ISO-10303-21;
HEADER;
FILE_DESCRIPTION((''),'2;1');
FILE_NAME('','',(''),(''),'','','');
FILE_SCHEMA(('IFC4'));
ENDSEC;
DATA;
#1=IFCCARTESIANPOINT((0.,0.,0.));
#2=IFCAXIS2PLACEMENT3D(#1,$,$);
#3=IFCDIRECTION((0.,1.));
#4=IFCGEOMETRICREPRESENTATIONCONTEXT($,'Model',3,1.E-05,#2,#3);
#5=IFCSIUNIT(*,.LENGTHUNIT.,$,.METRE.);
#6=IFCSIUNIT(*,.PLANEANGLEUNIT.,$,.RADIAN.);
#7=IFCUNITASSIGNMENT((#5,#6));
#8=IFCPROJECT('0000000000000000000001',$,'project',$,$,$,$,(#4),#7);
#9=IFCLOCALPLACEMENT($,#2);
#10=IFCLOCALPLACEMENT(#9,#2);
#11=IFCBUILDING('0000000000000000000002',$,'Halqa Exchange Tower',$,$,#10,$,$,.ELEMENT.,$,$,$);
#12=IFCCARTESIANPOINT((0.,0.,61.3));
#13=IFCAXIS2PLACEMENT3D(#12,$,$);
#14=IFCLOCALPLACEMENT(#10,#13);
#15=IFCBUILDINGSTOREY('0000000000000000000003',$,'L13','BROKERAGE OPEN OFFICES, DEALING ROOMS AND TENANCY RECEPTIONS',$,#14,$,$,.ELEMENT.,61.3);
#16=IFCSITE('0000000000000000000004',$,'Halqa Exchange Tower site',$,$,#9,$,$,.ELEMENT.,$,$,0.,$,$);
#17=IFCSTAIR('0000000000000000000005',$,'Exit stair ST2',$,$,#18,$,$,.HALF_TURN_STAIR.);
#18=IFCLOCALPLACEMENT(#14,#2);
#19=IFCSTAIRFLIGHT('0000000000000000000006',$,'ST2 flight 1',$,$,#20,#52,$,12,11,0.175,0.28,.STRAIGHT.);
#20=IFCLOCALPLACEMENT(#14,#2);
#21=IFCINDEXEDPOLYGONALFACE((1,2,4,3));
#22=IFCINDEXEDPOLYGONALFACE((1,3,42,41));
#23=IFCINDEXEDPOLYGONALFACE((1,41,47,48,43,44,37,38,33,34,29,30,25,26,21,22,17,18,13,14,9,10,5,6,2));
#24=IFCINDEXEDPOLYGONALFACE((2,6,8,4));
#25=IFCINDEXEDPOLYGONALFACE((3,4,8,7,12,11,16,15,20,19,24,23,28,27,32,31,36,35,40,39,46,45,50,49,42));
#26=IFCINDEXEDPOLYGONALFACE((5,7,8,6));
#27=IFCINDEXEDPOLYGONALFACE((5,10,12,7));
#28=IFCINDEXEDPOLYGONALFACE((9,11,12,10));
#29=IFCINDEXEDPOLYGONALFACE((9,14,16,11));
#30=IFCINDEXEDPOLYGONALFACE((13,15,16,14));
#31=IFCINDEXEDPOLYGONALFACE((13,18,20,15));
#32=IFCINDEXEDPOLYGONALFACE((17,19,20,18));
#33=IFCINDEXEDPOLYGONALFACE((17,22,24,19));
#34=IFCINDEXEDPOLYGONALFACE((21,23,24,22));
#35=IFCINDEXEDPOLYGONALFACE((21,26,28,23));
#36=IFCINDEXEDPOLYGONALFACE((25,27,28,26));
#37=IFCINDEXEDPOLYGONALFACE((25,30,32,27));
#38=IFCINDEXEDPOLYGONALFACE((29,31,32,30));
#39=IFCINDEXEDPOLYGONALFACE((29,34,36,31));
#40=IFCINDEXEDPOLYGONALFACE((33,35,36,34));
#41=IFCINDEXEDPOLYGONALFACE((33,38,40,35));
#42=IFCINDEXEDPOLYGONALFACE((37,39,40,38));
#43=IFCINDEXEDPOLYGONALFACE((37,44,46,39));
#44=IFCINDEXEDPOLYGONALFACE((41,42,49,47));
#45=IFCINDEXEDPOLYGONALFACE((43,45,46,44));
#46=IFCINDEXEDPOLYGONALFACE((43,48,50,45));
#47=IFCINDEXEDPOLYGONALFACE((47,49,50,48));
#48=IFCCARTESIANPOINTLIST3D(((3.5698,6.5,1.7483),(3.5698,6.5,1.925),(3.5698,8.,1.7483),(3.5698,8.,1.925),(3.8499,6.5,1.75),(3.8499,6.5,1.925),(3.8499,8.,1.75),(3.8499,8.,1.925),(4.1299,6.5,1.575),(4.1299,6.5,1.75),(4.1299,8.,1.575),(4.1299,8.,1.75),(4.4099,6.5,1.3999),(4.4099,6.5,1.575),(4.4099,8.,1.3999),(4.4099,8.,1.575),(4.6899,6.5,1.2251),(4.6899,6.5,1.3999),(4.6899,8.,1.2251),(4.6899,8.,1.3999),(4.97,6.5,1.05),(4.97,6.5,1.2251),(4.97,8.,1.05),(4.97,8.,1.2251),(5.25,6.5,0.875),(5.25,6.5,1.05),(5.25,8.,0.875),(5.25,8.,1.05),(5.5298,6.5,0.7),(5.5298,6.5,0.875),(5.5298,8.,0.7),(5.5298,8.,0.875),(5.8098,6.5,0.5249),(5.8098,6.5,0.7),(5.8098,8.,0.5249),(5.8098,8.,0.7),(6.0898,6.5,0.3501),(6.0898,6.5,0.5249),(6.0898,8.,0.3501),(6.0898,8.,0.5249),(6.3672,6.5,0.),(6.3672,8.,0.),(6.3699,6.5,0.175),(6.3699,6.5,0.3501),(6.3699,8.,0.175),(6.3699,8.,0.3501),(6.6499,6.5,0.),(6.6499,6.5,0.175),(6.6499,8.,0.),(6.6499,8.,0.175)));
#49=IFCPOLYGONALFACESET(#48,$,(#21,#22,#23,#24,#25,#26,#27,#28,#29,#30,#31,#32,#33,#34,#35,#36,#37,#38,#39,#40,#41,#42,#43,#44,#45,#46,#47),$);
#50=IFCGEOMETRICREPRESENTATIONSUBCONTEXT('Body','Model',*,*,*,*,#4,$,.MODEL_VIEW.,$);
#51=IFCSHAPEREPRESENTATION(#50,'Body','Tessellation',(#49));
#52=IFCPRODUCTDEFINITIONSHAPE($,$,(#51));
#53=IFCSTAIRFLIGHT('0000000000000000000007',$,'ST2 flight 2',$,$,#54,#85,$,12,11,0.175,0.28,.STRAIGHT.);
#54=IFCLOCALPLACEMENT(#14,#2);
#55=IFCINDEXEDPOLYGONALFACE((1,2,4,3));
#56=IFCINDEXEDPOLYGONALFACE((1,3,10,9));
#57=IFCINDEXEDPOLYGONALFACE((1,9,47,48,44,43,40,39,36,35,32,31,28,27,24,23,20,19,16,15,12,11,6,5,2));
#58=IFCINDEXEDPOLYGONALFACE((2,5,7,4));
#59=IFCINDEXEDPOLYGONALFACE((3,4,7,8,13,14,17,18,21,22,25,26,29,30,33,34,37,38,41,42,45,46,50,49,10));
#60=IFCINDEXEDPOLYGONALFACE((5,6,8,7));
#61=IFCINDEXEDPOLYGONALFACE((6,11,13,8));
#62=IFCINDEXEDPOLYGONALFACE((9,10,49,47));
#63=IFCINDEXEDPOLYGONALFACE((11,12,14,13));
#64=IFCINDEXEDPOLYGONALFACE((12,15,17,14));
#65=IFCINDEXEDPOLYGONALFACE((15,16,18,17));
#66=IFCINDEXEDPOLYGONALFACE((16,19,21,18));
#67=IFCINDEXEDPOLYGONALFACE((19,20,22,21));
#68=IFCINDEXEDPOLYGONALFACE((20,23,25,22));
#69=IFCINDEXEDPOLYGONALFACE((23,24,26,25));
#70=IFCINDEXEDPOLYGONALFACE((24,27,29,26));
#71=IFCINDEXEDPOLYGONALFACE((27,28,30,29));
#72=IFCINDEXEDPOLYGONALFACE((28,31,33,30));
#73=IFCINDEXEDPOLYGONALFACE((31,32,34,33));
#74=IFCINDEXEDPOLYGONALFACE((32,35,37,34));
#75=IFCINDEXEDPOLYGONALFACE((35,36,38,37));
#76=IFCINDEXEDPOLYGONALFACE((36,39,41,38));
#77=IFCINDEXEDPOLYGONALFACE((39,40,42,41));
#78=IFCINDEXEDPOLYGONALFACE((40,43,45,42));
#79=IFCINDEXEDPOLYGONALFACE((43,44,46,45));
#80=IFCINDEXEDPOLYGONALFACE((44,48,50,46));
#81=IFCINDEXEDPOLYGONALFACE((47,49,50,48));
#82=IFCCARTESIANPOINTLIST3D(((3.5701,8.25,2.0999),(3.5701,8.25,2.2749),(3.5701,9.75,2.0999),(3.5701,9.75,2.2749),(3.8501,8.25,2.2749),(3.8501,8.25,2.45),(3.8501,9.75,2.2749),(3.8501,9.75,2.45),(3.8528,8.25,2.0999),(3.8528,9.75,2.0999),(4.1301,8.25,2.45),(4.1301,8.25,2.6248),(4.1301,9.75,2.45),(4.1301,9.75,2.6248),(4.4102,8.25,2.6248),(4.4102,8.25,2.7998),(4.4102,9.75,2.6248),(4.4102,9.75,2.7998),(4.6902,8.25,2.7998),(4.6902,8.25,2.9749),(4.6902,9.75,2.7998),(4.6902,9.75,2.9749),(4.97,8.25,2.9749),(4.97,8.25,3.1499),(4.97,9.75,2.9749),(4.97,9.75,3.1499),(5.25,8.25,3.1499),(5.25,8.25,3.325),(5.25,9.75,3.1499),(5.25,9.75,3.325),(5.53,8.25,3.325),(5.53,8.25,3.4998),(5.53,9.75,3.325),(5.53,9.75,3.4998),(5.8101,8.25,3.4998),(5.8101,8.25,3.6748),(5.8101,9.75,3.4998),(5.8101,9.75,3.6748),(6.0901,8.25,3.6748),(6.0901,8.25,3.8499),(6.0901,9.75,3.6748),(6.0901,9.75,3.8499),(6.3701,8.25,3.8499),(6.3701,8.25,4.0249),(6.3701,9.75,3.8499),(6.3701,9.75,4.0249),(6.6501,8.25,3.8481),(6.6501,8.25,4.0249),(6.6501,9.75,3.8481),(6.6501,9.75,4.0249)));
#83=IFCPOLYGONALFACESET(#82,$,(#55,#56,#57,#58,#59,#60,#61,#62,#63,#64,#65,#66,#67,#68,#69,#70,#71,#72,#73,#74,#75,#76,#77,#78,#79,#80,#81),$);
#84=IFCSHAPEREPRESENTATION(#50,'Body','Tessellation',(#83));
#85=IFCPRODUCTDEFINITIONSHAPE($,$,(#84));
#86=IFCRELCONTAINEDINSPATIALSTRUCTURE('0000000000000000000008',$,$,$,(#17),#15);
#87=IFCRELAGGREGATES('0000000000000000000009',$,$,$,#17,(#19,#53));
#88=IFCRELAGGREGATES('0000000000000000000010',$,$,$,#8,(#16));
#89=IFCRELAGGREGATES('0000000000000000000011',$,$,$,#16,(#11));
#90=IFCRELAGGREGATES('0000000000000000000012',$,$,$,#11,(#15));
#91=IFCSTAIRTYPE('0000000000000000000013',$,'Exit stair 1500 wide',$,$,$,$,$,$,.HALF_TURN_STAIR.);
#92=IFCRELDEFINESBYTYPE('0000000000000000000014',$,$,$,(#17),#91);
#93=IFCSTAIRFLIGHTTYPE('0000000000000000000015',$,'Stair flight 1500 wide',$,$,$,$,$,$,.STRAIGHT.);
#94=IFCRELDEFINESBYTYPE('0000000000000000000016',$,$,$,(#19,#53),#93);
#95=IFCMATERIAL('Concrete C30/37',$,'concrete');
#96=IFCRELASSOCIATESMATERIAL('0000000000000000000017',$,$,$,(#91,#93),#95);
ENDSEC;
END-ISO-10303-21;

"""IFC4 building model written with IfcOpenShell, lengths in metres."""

from ifc_helpers import new_model, si_unit, direction, frame, origin, place, context, subcontext, project, spatial, polyline, outline, extrude, material, type_object, element, aggregate, save


model = new_model("IFC4")

# Units and contexts
model_context = context("Model", 3, precision=1e-05, world=origin(), true_north=direction((0.0, 1.0)))
body_context = subcontext(model_context, "Body", "Model", "MODEL_VIEW")
ifc_project = project(units=[si_unit("LENGTHUNIT", "METRE"), si_unit("PLANEANGLEUNIT", "RADIAN")], contexts=[model_context])

# Site, building, storey
site_placement = place(None, origin())
site = spatial("IfcSite", under=ifc_project, at=site_placement, Name="Halqa Exchange Tower site", CompositionType="ELEMENT", RefElevation=0.0)
building_placement = place(site_placement, origin())
building = spatial("IfcBuilding", under=site, at=building_placement, Name="Halqa Exchange Tower", CompositionType="ELEMENT")
storey_placement = place(building_placement, frame((0.0, 0.0, 61.3)))
storey = spatial("IfcBuildingStorey", under=building, at=storey_placement, Name="L13", Description="BROKERAGE OPEN OFFICES, DEALING ROOMS AND TENANCY RECEPTIONS", CompositionType="ELEMENT", Elevation=61.3)

# Stair
ifc_material_1 = material(Name="Concrete C30/37", Category="concrete")
stair_type = type_object("IfcStairType", Name="Exit stair 1500 wide", PredefinedType="HALF_TURN_STAIR", material=ifc_material_1)
stair_1_placement = place(storey_placement, origin())
stair_1 = element("IfcStair", 1, at=stair_1_placement, inside=storey, type_object=stair_type, Name="Exit stair ST2", PredefinedType="HALF_TURN_STAIR")

# Stair flights
stair_flight_type = type_object("IfcStairFlightType", Name="Stair flight 1500 wide", PredefinedType="STRAIGHT", material=ifc_material_1)
stair_flight_1_placement = place(storey_placement, frame((6.6499, 7.25, 0.0), z_axis=(0.0, 0.0, 1.0), x_axis=(-1.0, 0.0, 0.0)))
stair_flight_1 = element("IfcStairFlight", 2, at=stair_flight_1_placement, type_object=stair_flight_type, Name="ST2 flight 1", NumberOfRisers=12, NumberOfTreads=11, PredefinedType="STRAIGHT", RiserHeight=0.175, TreadLength=0.28, context=body_context, shape_type="SweptSolid", body=[
    extrude(outline(polyline([(0.0, 0.0), (0.0, 0.175), (0.28, 0.175), (0.28, 0.3501), (0.5601, 0.3501), (0.5601, 0.5249), (0.8401, 0.5249), (0.8401, 0.7), (1.1201, 0.7), (1.1201, 0.875), (1.3999, 0.875), (1.3999, 1.05), (1.6799, 1.05), (1.6799, 1.2251), (1.96, 1.2251), (1.96, 1.3999), (2.24, 1.3999), (2.24, 1.575), (2.52, 1.575), (2.52, 1.75), (2.8, 1.75), (2.8, 1.925), (3.0801, 1.925), (3.0801, 2.1001), (3.0801, 1.7483), (0.2827, 0.0), (0.0, 0.0)])), frame((0.0, 0.75, 0.0), z_axis=(0.0, -1.0, 0.0), x_axis=(1.0, 0.0, 0.0)), (0.0, 0.0, 1.0), 1.5),
])
stair_flight_2_placement = place(storey_placement, frame((3.5701, 9.0, 2.0999), z_axis=(0.0, 0.0, 1.0), x_axis=(1.0, 0.0, 0.0)))
stair_flight_2 = element("IfcStairFlight", 3, at=stair_flight_2_placement, type_object=stair_flight_type, Name="ST2 flight 2", NumberOfRisers=12, NumberOfTreads=11, PredefinedType="STRAIGHT", RiserHeight=0.175, TreadLength=0.28, context=body_context, shape_type="SweptSolid", body=[
    extrude(outline(polyline([(0.0, 0.0), (0.0, 0.175), (0.28, 0.175), (0.28, 0.3501), (0.5601, 0.3501), (0.5601, 0.5249), (0.8401, 0.5249), (0.8401, 0.7), (1.1201, 0.7), (1.1201, 0.875), (1.3999, 0.875), (1.3999, 1.05), (1.6799, 1.05), (1.6799, 1.2251), (1.96, 1.2251), (1.96, 1.3999), (2.24, 1.3999), (2.24, 1.575), (2.52, 1.575), (2.52, 1.75), (2.8, 1.75), (2.8, 1.925), (3.0801, 1.925), (3.0801, 2.1001), (3.0801, 1.7483), (0.2827, 0.0), (0.0, 0.0)])), frame((0.0, 0.75, 0.0), z_axis=(0.0, -1.0, 0.0), x_axis=(1.0, 0.0, 0.0)), (0.0, 0.0, 1.0), 1.5),
])
aggregate(stair_1, [stair_flight_1, stair_flight_2])

save(model, "model.ifc")
